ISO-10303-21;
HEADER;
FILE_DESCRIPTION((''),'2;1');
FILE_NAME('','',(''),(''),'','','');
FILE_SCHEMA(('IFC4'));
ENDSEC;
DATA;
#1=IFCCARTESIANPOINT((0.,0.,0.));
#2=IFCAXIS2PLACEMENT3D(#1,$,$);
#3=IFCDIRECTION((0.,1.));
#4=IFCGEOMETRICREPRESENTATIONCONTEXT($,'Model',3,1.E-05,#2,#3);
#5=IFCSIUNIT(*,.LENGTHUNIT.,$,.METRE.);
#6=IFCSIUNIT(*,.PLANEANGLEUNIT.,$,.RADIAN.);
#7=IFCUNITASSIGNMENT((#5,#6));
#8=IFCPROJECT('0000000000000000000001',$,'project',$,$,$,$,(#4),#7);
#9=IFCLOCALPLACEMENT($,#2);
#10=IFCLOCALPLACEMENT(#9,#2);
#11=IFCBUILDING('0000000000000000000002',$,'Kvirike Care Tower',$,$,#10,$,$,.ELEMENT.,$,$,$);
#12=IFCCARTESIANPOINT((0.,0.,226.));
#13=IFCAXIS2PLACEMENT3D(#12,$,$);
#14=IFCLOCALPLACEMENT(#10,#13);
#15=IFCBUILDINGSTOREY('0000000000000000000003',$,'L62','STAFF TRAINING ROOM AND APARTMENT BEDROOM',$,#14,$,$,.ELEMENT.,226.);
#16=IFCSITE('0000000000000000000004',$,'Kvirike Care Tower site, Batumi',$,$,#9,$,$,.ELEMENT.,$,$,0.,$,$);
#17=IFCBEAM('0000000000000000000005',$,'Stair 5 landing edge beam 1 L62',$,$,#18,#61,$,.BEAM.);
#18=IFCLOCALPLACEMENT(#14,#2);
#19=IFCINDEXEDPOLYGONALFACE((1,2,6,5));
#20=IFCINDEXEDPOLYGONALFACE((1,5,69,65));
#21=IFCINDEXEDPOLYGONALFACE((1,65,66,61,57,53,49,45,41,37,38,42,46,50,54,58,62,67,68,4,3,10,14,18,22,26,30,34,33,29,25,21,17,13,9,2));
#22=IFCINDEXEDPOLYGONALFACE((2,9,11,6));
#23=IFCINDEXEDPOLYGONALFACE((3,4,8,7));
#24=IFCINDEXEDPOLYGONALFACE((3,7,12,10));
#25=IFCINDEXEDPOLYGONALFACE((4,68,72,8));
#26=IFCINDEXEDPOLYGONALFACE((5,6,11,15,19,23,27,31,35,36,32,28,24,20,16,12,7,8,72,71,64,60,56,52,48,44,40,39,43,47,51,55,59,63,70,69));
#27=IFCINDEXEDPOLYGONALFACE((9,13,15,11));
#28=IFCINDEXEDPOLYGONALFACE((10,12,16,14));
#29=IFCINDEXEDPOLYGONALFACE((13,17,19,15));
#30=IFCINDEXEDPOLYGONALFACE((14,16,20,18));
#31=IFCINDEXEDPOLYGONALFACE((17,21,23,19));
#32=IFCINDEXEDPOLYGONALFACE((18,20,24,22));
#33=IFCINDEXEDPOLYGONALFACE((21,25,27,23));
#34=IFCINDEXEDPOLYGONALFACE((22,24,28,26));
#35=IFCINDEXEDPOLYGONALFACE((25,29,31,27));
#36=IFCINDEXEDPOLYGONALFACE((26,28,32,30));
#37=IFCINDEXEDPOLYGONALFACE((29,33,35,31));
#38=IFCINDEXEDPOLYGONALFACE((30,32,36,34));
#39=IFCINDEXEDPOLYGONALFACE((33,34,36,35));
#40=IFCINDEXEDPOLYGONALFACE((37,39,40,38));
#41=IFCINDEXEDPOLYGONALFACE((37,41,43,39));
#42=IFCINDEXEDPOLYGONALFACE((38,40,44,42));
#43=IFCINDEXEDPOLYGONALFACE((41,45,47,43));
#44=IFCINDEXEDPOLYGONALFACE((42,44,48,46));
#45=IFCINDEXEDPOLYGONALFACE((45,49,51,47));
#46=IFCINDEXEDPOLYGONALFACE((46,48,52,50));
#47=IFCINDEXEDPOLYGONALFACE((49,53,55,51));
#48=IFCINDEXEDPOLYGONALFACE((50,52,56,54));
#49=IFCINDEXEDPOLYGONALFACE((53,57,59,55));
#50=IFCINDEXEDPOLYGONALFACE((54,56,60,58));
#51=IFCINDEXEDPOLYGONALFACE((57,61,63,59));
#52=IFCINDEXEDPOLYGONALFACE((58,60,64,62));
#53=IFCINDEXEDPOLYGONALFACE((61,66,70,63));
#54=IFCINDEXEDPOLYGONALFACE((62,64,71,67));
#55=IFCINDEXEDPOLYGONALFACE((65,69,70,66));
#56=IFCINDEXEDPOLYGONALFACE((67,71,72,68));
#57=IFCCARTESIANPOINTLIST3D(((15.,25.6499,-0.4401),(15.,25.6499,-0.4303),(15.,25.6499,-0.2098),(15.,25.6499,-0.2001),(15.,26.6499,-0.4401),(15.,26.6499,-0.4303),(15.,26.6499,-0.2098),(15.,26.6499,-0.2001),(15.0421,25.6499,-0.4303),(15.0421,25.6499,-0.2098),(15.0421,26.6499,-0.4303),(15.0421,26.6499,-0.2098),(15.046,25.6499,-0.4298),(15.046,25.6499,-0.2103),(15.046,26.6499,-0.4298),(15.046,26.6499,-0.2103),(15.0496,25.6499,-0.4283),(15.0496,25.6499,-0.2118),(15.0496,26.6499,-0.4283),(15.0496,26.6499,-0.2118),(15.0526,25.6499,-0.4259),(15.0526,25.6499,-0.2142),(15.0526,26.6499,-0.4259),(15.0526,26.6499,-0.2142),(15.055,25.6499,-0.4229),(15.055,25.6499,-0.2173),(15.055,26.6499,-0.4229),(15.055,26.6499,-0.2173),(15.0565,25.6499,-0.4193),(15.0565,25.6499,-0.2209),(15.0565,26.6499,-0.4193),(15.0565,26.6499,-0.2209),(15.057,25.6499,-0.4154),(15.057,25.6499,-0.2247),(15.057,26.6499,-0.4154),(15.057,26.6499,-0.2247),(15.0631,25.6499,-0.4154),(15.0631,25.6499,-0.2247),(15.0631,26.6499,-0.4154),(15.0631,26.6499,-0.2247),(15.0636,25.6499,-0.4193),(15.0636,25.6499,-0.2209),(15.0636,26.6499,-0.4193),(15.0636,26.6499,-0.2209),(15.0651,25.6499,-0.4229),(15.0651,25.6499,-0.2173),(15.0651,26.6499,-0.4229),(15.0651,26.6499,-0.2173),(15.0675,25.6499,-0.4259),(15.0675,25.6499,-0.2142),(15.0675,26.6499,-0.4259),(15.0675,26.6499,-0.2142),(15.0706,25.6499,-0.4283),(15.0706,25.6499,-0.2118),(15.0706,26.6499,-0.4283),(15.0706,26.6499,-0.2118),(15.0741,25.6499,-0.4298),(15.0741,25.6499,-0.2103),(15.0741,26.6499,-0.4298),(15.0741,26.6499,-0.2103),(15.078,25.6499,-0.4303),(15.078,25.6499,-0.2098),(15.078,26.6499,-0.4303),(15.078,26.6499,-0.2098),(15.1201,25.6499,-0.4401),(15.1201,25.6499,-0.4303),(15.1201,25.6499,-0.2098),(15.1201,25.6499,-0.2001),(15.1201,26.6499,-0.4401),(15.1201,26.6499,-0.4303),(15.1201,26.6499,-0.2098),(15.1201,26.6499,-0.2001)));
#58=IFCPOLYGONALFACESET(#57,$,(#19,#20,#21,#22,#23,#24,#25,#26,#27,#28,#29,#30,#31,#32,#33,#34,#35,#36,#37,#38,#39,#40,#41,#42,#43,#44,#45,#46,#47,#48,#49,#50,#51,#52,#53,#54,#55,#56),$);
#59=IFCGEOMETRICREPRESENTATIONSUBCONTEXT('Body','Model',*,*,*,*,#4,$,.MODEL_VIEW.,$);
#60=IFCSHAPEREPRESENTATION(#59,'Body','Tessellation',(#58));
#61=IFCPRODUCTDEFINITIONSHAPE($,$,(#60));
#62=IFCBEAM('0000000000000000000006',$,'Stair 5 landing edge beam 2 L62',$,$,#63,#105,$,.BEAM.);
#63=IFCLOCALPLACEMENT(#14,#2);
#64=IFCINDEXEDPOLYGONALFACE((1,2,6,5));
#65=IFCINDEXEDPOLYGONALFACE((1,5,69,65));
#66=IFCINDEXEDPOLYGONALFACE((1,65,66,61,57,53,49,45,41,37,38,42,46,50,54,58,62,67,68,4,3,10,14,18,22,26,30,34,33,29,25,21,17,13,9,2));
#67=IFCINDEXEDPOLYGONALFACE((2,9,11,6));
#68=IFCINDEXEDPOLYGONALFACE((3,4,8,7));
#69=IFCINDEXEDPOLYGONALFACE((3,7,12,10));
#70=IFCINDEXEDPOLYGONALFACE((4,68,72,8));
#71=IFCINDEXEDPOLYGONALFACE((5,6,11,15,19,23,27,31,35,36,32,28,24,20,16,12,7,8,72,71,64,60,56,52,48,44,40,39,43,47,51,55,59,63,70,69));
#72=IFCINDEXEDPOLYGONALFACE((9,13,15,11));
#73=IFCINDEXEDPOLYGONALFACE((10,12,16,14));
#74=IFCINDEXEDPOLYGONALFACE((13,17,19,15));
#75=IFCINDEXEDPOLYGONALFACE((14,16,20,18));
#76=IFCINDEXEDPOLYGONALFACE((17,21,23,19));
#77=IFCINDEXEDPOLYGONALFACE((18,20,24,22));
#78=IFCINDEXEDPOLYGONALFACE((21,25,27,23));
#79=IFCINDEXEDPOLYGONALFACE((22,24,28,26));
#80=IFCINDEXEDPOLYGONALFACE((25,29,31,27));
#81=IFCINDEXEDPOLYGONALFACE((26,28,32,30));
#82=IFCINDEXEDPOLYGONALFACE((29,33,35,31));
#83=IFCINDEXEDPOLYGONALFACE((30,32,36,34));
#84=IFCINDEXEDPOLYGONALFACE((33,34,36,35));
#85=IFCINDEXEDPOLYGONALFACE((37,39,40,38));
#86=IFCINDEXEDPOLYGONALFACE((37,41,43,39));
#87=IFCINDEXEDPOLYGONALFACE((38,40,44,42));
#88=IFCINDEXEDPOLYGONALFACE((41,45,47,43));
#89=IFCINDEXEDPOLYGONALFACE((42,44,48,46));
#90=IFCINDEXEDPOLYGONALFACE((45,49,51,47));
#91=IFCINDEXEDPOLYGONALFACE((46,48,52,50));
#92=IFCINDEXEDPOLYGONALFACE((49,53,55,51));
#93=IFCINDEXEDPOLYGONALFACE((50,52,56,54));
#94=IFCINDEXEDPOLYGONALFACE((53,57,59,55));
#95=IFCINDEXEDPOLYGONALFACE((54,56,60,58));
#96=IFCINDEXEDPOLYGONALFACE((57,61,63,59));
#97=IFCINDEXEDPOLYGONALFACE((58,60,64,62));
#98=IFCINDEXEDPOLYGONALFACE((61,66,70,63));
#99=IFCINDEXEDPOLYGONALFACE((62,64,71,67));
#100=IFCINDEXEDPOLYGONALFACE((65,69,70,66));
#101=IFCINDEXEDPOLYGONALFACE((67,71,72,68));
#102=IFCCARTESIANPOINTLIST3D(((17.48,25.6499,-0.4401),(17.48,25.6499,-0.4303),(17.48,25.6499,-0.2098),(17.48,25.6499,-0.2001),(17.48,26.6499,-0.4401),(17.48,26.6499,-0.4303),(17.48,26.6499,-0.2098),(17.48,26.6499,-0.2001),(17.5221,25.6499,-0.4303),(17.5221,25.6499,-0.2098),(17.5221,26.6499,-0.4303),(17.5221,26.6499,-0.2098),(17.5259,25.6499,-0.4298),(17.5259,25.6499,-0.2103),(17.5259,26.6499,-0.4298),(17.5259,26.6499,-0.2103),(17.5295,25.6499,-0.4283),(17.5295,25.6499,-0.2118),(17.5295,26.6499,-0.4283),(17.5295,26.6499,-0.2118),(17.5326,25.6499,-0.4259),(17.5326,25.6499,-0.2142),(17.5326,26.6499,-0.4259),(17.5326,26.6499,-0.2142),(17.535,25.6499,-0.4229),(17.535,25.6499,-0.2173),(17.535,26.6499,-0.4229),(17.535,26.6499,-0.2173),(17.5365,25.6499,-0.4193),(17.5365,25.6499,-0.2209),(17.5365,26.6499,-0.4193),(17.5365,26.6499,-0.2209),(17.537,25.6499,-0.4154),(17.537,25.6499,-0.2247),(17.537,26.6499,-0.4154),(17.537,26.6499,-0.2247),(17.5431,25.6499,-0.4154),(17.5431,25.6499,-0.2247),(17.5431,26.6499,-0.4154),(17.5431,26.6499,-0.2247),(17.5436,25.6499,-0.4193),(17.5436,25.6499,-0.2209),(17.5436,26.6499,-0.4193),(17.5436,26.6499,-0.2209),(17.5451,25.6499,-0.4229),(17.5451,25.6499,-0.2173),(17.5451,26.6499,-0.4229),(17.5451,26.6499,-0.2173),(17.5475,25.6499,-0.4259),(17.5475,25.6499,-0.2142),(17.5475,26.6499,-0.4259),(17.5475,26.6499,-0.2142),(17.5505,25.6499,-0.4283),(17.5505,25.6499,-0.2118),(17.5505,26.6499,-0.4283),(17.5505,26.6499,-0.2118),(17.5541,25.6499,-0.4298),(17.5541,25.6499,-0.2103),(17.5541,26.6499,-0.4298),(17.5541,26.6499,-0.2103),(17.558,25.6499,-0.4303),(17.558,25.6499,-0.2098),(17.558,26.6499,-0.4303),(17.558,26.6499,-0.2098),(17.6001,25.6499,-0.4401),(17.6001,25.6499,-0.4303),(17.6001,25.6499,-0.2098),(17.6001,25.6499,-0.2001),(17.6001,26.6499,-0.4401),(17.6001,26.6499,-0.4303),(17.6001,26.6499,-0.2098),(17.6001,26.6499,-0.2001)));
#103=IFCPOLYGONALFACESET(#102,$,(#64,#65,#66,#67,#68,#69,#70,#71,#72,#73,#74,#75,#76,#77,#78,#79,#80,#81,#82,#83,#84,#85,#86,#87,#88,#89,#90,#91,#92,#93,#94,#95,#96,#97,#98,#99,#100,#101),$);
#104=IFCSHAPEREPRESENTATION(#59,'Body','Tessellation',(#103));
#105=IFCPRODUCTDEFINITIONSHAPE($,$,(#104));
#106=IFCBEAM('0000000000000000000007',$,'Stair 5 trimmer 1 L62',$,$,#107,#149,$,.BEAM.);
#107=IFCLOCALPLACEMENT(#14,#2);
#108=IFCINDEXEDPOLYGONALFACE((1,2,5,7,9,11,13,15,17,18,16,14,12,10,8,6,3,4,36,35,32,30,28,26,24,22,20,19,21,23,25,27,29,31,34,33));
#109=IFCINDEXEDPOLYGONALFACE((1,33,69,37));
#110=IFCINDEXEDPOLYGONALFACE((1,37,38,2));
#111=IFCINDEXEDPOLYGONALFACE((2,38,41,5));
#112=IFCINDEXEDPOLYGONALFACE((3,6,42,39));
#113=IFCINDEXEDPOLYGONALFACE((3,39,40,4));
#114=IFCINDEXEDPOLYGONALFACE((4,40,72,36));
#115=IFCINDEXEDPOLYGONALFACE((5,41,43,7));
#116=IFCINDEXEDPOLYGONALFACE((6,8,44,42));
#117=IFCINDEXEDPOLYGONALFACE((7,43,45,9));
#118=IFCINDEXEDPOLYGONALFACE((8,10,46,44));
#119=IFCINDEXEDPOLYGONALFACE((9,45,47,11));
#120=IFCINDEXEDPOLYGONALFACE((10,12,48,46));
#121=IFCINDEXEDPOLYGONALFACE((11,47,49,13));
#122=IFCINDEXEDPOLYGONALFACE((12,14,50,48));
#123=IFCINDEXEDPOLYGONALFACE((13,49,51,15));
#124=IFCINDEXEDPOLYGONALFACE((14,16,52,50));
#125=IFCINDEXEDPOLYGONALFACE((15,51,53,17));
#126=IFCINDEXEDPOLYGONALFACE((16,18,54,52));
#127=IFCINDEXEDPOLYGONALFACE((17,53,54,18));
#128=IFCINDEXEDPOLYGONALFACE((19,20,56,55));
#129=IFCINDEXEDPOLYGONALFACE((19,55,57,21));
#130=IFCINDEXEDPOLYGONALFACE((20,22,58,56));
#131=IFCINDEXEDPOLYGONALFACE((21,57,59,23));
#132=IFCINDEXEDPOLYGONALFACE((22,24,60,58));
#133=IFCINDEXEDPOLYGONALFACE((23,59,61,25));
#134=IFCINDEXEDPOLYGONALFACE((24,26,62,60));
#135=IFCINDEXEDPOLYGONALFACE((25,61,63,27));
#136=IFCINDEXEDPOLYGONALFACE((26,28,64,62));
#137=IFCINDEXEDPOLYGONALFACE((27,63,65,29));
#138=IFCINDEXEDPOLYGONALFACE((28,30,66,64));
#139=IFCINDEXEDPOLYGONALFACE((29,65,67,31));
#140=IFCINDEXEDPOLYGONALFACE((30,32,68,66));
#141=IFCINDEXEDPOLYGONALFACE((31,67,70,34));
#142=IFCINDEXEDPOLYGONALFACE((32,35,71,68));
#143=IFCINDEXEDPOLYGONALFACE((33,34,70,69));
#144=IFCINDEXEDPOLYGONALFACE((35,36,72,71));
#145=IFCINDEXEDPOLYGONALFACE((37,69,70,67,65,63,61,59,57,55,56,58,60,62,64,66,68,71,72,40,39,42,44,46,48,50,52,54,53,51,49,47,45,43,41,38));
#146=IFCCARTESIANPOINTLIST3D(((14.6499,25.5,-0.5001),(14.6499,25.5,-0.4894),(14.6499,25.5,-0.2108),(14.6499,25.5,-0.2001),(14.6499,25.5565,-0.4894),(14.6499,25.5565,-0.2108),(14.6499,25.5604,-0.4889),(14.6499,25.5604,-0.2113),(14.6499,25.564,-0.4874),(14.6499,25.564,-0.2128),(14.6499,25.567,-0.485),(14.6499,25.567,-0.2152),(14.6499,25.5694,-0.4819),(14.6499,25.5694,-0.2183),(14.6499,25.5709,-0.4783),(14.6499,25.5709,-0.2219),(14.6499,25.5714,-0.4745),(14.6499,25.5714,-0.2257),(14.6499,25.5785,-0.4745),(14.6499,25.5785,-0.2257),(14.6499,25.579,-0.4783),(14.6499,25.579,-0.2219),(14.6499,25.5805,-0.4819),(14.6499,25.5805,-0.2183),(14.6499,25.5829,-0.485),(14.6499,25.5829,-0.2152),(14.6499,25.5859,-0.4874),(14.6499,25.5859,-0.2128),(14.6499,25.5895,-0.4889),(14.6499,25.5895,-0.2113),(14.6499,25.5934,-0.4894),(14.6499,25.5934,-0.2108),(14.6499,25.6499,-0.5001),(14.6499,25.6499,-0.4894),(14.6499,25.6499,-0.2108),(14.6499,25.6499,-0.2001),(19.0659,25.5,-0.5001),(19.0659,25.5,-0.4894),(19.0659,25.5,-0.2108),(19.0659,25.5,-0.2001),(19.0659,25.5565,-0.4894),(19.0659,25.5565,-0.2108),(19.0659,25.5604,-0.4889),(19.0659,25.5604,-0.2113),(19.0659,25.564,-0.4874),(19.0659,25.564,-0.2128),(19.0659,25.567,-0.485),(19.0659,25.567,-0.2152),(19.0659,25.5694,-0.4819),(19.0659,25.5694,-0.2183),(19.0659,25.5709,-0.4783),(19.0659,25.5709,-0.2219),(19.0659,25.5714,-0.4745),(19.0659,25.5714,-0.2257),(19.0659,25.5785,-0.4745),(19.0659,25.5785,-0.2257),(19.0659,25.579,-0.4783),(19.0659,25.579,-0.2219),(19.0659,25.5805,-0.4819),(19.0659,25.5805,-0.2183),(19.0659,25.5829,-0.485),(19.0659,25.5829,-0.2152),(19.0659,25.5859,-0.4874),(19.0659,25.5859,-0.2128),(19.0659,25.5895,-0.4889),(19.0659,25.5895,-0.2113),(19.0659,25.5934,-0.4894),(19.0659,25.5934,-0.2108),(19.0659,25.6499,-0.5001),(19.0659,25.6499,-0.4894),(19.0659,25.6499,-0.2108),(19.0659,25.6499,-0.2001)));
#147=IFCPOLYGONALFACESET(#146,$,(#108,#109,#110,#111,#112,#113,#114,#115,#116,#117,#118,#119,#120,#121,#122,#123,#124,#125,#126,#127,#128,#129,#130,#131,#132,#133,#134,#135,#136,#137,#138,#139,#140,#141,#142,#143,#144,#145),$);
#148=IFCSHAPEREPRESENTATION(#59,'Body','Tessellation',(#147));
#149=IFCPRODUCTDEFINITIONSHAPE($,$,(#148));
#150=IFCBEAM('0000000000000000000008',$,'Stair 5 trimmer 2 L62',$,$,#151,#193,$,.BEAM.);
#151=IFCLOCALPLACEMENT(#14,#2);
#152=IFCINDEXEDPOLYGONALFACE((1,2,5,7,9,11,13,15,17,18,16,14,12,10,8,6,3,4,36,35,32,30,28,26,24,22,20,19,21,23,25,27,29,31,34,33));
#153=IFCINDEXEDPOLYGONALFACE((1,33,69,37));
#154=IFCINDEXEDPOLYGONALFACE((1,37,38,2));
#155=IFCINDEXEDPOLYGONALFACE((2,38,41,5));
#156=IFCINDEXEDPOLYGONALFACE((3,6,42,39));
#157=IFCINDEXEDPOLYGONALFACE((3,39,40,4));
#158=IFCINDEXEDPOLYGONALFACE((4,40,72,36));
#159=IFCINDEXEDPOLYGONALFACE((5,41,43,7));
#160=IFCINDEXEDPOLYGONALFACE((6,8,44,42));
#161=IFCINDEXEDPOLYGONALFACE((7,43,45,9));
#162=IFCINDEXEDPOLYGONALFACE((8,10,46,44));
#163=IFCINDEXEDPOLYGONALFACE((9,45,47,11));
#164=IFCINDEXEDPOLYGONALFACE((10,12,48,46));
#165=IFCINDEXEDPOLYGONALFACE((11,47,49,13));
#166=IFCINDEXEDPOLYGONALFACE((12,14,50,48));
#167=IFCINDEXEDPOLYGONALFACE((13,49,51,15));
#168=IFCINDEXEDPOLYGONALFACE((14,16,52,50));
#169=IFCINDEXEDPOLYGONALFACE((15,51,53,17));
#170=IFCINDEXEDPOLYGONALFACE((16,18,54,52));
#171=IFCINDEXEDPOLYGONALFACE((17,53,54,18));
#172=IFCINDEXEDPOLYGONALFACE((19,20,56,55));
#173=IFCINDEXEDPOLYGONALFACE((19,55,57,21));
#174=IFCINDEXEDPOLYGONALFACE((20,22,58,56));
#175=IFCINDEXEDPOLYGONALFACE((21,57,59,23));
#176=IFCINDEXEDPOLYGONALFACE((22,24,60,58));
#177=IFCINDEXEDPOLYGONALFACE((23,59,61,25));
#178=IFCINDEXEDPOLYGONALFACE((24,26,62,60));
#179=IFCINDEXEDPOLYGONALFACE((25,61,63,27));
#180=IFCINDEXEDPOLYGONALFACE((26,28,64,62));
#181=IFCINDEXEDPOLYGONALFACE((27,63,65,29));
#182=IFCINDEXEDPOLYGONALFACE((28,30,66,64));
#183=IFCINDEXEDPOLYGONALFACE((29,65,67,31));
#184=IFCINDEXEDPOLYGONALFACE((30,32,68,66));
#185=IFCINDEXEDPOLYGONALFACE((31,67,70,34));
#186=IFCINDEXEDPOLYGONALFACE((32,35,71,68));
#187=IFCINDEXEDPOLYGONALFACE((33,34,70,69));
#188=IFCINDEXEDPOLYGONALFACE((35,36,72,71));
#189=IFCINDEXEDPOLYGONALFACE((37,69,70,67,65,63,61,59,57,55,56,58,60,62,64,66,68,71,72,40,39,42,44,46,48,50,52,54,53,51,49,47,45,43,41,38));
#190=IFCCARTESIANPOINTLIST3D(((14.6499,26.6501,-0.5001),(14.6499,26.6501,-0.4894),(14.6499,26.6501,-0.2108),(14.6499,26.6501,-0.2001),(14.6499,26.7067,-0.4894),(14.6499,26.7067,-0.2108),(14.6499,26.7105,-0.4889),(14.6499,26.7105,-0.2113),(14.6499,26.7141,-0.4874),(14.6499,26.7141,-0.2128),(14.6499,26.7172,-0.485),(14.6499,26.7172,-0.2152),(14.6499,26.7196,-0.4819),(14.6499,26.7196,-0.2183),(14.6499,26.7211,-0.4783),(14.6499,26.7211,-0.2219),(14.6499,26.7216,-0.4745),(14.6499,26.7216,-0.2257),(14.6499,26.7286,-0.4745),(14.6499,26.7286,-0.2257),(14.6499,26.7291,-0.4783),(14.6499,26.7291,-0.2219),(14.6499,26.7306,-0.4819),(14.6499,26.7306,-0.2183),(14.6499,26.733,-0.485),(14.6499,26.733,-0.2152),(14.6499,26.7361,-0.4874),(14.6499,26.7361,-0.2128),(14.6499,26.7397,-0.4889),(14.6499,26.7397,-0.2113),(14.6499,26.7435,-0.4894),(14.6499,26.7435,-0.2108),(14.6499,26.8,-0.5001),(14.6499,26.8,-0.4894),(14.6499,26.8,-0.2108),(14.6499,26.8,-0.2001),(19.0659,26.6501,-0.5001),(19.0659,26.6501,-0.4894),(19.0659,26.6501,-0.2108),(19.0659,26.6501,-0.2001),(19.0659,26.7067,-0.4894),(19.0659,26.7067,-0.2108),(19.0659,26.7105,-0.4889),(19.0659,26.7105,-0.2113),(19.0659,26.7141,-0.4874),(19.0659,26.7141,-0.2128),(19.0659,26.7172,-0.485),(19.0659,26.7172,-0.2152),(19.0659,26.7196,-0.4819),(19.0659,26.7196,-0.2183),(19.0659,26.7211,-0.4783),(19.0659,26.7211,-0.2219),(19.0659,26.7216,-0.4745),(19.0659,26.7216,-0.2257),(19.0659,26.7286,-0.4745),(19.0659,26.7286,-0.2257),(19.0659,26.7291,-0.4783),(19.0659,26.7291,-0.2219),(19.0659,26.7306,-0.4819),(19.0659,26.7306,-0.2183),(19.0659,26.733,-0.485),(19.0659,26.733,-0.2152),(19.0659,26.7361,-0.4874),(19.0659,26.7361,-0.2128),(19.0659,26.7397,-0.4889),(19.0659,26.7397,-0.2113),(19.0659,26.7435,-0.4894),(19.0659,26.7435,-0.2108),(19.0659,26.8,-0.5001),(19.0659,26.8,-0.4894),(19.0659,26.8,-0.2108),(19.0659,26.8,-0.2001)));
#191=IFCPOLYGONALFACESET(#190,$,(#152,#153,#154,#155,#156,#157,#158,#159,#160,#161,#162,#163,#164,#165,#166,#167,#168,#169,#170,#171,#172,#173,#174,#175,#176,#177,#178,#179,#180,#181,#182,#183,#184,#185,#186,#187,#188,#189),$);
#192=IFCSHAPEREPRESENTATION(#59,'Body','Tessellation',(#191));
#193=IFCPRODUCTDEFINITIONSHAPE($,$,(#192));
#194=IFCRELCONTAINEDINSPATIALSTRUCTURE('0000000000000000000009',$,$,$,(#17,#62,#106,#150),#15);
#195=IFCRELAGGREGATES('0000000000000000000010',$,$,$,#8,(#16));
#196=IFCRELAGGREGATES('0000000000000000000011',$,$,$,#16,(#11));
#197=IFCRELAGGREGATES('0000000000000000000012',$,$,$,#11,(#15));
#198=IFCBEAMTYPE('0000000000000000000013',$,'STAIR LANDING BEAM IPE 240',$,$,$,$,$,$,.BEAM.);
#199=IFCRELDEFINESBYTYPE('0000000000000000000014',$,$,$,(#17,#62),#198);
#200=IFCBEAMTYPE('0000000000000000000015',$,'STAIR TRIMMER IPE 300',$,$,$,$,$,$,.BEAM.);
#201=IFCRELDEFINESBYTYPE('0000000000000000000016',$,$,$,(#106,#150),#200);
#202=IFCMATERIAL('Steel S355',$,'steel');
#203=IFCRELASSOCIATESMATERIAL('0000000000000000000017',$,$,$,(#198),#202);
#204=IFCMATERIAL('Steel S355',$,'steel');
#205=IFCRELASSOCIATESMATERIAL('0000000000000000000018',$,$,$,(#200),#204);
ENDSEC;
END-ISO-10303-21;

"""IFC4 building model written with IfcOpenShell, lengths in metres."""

from ifc_helpers import new_model, si_unit, direction, frame, origin, origin_2d, place, context, subcontext, project, spatial, i_section, extrude, material, material_profile, profile_set, type_object, element, save


model = new_model("IFC4")

# Units and contexts
model_context = context("Model", 3, precision=1e-05, world=origin(), true_north=direction((0.0, 1.0)))
body_context = subcontext(model_context, "Body", "Model", "MODEL_VIEW")
ifc_project = project(units=[si_unit("LENGTHUNIT", "METRE"), si_unit("PLANEANGLEUNIT", "RADIAN")], contexts=[model_context])

# Site, building, storey
site_placement = place(None, origin())
site = spatial("IfcSite", under=ifc_project, at=site_placement, Name="Kvirike Care Tower site, Batumi", CompositionType="ELEMENT", RefElevation=0.0)
building_placement = place(site_placement, origin())
building = spatial("IfcBuilding", under=site, at=building_placement, Name="Kvirike Care Tower", CompositionType="ELEMENT")
storey_placement = place(building_placement, frame((0.0, 0.0, 226.0)))
storey = spatial("IfcBuildingStorey", under=building, at=storey_placement, Name="L62", Description="STAFF TRAINING ROOM AND APARTMENT BEDROOM", CompositionType="ELEMENT", Elevation=226.0)

# Beams
ifc_material_1 = material(Name="Steel S355", Category="steel")
ifc_material_profile_1 = material_profile(ifc_material_1, i_section(OverallWidth=0.1201, OverallDepth=0.24, WebThickness=0.0061, FlangeThickness=0.0098, FilletRadius=0.0149, at=origin_2d()), Name="IPE 240")
ifc_profile_set_1 = profile_set([ifc_material_profile_1], Name="Steel S355")
beam_type_1 = type_object("IfcBeamType", Name="STAIR LANDING BEAM IPE 240", PredefinedType="BEAM", material=ifc_profile_set_1)
for number, where, z_axis, x_axis, name in (
    (1, (15.0601, 25.6499, -0.3201), (0.0, 1.0, 0.0), (-1.0, 0.0, 0.0), "Stair 5 landing edge beam 1 L62"),
    (2, (17.54, 25.6499, -0.3201), (0.0, 1.0, 0.0), (-1.0, 0.0, 0.0), "Stair 5 landing edge beam 2 L62"),
):
    element("IfcBeam", number, at=place(storey_placement, frame(where, z_axis=z_axis, x_axis=x_axis)), inside=storey, type_object=beam_type_1, Name=name, PredefinedType="BEAM", context=body_context, shape_type="SweptSolid", body=[
        extrude(i_section(OverallWidth=0.1201, OverallDepth=0.24, WebThickness=0.0061, FlangeThickness=0.0098, FilletRadius=0.0149, at=origin_2d()), origin(), (0.0, 0.0, 1.0), 1.0),
    ])
ifc_material_2 = material(Name="Steel S355", Category="steel")
ifc_material_profile_2 = material_profile(ifc_material_2, i_section(OverallWidth=0.1499, OverallDepth=0.3, WebThickness=0.0071, FlangeThickness=0.0107, FilletRadius=0.0149, at=origin_2d()), Name="IPE 300")
ifc_profile_set_2 = profile_set([ifc_material_profile_2], Name="Steel S355")
beam_type_2 = type_object("IfcBeamType", Name="STAIR TRIMMER IPE 300", PredefinedType="BEAM", material=ifc_profile_set_2)
for number, where, z_axis, x_axis, name in (
    (3, (14.6499, 25.575, -0.3501), (1.0, 0.0, 0.0), (0.0, 1.0, 0.0), "Stair 5 trimmer 1 L62"),
    (4, (14.6499, 26.7251, -0.3501), (1.0, 0.0, 0.0), (0.0, 1.0, 0.0), "Stair 5 trimmer 2 L62"),
):
    element("IfcBeam", number, at=place(storey_placement, frame(where, z_axis=z_axis, x_axis=x_axis)), inside=storey, type_object=beam_type_2, Name=name, PredefinedType="BEAM", context=body_context, shape_type="SweptSolid", body=[
        extrude(i_section(OverallWidth=0.1499, OverallDepth=0.3, WebThickness=0.0071, FlangeThickness=0.0107, FilletRadius=0.0149, at=origin_2d()), origin(), (0.0, 0.0, 1.0), 4.416),
    ])

save(model, "model.ifc")
